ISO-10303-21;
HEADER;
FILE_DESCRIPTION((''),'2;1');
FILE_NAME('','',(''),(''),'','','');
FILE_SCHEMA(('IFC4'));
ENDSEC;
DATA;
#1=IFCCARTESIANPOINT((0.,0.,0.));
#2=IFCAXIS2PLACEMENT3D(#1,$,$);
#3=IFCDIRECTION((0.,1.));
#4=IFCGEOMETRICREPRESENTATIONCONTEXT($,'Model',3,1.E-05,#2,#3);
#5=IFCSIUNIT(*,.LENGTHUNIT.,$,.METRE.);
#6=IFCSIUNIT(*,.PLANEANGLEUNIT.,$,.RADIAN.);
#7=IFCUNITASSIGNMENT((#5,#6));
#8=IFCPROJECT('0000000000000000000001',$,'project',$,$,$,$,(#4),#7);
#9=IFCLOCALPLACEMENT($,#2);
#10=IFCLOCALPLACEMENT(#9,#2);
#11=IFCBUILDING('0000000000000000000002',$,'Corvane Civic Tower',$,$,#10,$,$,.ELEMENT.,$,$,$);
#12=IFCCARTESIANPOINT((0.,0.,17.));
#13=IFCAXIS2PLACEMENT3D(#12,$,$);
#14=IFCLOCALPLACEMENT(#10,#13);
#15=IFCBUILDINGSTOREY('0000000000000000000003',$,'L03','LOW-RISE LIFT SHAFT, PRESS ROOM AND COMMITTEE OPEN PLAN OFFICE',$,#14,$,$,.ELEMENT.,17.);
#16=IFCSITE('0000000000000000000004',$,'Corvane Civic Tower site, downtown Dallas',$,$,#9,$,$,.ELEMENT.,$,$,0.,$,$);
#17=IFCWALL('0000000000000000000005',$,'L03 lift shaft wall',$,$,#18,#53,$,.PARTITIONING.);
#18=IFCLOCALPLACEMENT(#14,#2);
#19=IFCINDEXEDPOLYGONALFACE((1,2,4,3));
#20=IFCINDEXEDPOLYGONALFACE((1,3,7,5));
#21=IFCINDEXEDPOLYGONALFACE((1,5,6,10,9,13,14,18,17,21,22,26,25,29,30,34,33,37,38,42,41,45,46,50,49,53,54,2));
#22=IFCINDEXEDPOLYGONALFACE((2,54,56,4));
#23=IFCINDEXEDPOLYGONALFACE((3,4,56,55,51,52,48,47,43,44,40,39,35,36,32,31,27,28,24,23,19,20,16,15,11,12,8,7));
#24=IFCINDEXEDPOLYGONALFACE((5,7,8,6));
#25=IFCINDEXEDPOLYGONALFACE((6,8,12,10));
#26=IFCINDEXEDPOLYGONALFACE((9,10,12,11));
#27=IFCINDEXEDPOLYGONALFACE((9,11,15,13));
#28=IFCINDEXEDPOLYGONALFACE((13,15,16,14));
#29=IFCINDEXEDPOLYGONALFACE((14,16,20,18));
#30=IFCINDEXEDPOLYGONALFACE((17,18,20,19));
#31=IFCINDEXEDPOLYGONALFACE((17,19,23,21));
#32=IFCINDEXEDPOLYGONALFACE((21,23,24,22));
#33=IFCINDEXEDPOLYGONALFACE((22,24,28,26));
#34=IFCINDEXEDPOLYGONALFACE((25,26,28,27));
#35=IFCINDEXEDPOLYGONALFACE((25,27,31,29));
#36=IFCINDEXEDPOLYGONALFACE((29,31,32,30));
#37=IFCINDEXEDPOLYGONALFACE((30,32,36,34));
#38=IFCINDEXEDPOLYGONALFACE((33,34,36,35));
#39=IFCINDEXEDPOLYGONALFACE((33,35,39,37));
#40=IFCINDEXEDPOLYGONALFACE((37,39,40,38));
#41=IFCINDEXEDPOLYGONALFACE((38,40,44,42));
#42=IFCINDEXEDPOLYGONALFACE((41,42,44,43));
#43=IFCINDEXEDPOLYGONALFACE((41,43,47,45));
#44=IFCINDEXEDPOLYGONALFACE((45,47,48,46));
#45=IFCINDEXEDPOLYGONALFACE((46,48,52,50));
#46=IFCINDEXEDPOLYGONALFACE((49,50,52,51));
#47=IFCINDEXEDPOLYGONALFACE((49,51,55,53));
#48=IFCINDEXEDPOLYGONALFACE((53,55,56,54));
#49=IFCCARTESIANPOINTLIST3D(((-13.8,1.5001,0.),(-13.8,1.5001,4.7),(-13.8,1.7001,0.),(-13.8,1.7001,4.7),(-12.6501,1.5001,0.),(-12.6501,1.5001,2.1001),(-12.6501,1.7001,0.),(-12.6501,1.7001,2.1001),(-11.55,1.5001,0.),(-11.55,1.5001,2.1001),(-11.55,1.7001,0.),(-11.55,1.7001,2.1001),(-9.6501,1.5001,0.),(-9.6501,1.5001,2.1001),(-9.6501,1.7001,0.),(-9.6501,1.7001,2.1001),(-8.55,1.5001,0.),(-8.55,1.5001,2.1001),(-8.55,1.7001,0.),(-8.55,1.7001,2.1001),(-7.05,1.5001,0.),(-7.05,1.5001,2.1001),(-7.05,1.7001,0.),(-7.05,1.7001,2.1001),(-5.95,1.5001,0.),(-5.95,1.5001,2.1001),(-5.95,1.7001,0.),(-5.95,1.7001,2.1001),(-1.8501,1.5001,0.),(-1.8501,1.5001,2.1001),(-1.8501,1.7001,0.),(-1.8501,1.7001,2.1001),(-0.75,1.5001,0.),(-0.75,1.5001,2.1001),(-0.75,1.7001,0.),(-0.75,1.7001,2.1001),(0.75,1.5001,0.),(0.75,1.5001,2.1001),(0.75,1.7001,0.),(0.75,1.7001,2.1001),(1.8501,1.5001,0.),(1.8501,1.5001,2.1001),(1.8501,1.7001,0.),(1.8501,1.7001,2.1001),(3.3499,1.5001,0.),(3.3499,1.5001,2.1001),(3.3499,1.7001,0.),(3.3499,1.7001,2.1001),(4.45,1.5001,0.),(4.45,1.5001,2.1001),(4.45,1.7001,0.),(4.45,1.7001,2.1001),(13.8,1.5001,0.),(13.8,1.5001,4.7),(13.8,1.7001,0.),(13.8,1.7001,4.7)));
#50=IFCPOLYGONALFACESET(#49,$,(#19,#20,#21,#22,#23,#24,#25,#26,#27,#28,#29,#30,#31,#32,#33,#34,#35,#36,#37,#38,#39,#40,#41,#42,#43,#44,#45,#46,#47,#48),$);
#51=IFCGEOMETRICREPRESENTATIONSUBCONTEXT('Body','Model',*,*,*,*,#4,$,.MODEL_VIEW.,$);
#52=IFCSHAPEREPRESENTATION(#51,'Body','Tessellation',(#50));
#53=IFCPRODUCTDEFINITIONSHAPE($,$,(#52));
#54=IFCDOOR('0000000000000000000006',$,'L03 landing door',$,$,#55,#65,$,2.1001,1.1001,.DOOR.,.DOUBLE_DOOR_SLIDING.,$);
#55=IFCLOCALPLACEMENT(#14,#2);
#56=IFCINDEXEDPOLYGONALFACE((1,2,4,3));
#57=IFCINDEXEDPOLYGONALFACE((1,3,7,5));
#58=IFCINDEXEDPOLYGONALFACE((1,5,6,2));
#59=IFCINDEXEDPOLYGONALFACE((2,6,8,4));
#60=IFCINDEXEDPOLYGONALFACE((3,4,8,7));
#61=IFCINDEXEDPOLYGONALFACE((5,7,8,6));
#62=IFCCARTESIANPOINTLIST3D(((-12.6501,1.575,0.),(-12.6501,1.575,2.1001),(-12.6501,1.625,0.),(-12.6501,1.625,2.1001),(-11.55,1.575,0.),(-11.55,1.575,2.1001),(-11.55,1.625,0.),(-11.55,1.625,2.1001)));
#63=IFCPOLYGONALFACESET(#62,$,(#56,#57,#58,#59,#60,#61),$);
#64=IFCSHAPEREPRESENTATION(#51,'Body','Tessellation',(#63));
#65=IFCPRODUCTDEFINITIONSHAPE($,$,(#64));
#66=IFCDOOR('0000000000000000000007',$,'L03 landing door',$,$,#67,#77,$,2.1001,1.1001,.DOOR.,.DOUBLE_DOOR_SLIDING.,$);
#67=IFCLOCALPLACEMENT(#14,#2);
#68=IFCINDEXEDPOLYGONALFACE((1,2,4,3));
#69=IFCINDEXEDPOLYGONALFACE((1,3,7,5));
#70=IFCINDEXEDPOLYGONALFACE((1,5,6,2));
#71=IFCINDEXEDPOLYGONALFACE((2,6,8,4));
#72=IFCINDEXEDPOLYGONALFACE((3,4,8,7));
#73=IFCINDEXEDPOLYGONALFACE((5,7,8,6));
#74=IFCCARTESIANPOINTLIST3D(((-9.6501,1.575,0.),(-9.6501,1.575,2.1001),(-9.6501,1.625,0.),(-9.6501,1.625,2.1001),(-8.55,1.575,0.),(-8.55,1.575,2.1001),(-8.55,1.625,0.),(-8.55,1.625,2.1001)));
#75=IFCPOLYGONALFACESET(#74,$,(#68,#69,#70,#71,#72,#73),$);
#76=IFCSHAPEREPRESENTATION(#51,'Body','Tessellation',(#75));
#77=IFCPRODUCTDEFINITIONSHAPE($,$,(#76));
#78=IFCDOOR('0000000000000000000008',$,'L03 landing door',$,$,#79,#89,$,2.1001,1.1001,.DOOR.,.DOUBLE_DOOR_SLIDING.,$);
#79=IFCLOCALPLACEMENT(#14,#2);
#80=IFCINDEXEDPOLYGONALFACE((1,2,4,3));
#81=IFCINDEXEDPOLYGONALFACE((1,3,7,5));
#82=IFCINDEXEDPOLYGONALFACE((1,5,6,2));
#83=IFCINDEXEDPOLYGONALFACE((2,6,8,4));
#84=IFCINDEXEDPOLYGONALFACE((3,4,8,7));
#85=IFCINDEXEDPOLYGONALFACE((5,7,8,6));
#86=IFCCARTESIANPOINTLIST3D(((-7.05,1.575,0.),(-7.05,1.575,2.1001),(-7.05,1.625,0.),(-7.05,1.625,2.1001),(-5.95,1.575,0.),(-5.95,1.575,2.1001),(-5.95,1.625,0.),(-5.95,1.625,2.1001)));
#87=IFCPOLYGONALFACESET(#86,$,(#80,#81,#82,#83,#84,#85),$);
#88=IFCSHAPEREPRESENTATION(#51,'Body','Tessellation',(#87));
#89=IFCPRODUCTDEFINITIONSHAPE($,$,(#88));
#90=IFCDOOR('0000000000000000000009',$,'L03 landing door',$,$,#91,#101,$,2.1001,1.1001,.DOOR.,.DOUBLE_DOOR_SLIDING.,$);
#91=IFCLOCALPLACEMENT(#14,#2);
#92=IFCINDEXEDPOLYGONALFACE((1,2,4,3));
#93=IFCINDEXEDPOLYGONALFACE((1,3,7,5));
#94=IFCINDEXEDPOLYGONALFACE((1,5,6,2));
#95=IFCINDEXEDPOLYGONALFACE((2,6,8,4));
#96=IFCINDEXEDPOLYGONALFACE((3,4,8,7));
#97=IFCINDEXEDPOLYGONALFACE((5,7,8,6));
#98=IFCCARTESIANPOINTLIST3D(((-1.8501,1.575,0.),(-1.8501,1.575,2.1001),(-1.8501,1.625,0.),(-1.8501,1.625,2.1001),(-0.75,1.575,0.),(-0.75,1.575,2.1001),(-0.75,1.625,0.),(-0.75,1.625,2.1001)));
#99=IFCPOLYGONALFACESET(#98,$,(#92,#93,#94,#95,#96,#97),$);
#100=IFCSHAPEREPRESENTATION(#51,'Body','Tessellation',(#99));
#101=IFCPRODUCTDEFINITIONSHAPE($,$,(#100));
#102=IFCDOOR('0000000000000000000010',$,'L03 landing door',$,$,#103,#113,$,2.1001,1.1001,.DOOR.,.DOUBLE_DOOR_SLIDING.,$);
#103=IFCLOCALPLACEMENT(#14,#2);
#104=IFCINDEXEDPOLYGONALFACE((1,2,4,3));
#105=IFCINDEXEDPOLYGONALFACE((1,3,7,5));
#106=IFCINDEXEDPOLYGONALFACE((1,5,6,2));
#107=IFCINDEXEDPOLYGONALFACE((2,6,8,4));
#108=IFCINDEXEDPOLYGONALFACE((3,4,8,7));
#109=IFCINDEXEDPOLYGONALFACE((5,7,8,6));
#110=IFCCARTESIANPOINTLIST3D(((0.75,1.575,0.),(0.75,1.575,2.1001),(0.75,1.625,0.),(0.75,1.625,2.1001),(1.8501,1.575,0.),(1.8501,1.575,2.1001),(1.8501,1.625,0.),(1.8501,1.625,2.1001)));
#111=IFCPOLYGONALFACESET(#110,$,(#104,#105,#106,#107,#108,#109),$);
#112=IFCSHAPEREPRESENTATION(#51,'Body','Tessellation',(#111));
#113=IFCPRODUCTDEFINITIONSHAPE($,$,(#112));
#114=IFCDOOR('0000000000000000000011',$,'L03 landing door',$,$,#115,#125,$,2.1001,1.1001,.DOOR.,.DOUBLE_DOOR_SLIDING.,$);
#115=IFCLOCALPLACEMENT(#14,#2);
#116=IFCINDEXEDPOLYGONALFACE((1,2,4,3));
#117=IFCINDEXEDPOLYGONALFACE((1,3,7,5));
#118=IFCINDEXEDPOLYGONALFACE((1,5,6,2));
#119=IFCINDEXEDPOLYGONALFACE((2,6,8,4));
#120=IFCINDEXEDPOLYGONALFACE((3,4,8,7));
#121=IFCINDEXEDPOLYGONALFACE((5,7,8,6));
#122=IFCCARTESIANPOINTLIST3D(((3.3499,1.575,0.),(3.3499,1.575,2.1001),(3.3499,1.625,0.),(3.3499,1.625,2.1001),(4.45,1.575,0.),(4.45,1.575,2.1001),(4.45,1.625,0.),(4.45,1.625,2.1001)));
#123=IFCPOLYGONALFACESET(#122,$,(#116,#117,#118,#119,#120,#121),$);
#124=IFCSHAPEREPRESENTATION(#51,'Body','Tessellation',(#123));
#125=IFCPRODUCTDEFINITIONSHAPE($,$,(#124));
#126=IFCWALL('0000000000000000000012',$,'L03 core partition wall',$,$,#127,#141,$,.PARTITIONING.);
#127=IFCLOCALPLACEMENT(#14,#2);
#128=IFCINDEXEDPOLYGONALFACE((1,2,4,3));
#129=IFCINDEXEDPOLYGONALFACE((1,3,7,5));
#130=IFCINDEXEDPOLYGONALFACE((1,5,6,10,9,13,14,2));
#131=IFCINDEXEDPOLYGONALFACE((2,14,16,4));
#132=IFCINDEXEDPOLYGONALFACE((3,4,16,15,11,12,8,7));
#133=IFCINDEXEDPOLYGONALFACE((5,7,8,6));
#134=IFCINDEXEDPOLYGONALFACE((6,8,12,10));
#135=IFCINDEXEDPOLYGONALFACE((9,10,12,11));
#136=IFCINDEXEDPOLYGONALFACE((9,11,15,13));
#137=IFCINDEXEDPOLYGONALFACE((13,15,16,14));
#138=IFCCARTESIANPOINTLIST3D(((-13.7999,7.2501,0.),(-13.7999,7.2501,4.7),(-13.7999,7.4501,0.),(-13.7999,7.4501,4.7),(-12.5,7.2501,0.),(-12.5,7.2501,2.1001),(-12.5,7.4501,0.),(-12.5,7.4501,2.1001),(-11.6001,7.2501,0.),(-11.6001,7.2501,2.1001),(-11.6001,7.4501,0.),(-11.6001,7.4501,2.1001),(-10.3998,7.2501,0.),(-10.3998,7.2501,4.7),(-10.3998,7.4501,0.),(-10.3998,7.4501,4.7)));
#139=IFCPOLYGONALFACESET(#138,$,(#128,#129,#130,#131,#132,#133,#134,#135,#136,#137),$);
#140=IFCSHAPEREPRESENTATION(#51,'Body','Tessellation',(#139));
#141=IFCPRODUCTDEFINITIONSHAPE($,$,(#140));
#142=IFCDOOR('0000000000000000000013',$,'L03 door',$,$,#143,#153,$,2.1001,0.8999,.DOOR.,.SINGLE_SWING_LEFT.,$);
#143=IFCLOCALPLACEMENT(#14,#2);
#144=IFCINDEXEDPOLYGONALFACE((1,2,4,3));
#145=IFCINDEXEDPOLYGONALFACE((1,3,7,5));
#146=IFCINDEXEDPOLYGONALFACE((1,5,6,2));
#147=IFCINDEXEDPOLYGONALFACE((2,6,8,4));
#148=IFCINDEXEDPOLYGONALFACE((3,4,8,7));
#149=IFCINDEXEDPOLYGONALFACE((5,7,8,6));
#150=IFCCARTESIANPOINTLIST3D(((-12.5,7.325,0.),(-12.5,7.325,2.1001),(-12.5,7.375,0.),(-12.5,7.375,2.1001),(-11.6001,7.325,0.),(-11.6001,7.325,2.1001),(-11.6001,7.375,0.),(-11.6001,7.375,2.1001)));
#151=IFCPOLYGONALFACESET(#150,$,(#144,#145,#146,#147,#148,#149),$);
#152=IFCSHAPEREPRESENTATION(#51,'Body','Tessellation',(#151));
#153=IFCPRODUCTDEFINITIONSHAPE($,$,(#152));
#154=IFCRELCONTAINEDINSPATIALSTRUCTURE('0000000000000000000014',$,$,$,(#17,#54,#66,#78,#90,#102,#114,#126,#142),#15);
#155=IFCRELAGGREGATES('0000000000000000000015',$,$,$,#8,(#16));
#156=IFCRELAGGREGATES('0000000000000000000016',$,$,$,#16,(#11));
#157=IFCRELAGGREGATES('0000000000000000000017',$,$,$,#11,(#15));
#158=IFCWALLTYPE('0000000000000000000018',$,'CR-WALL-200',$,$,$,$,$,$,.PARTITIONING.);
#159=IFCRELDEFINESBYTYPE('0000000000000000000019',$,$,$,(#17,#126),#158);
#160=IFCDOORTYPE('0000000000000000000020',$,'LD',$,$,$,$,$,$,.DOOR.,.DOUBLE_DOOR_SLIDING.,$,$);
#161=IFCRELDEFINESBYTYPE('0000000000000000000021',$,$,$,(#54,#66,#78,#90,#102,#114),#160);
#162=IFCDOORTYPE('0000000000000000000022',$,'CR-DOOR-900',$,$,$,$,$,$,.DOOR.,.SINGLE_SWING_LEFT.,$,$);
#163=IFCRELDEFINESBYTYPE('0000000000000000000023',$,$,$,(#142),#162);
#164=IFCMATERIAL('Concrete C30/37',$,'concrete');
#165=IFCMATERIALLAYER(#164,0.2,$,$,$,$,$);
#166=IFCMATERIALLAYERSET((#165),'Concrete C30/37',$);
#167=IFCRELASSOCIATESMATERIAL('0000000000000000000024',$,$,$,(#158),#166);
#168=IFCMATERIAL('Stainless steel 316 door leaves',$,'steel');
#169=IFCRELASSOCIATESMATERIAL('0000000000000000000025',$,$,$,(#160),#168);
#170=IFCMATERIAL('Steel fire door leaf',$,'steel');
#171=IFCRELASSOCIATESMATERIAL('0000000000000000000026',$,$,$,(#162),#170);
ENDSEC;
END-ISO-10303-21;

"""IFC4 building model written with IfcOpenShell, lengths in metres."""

from ifc_helpers import new_model, si_unit, direction, frame, frame_2d, origin, place, context, subcontext, project, spatial, rectangle, extrude, material, layer, layer_set, type_object, element, fill, save


model = new_model("IFC4")

# Units and contexts
model_context = context("Model", 3, precision=1e-05, world=origin(), true_north=direction((0.0, 1.0)))
body_context = subcontext(model_context, "Body", "Model", "MODEL_VIEW")
ifc_project = project(units=[si_unit("LENGTHUNIT", "METRE"), si_unit("PLANEANGLEUNIT", "RADIAN")], contexts=[model_context])

# Site, building, storey
site_placement = place(None, origin())
site = spatial("IfcSite", under=ifc_project, at=site_placement, Name="Corvane Civic Tower site, downtown Dallas", CompositionType="ELEMENT", RefElevation=0.0)
building_placement = place(site_placement, origin())
building = spatial("IfcBuilding", under=site, at=building_placement, Name="Corvane Civic Tower", CompositionType="ELEMENT")
storey_placement = place(building_placement, frame((0.0, 0.0, 17.0)))
storey = spatial("IfcBuildingStorey", under=building, at=storey_placement, Name="L03", Description="LOW-RISE LIFT SHAFT, PRESS ROOM AND COMMITTEE OPEN PLAN OFFICE", CompositionType="ELEMENT", Elevation=17.0)

# Wall, openings, doors
ifc_material_1 = material(Name="Concrete C30/37", Category="concrete")
ifc_layer_1 = layer(ifc_material_1, 0.2)
ifc_layer_set_1 = layer_set([ifc_layer_1], Name="Concrete C30/37")
wall_type_1 = type_object("IfcWallType", Name="CR-WALL-200", PredefinedType="PARTITIONING", material=ifc_layer_set_1)
wall_1_placement = place(storey_placement, frame((-13.8, 1.6001, 0.0), z_axis=(0.0, 0.0, 1.0), x_axis=(1.0, 0.0, 0.0)))
wall_1 = element("IfcWall", 1, at=wall_1_placement, inside=storey, type_object=wall_type_1, Name="L03 lift shaft wall", PredefinedType="PARTITIONING", context=body_context, shape_type="SweptSolid", body=[
    extrude(rectangle(XDim=27.6001, YDim=0.2, at=frame_2d((13.8, 0.0))), origin(), (0.0, 0.0, 1.0), 4.7),
])
opening_1_placement = place(wall_1_placement, frame((1.1499, 0.0, 0.0)))
opening_1 = element("IfcOpeningElement", 2, at=opening_1_placement, cuts=wall_1, PredefinedType="OPENING", context=body_context, shape_type="SweptSolid", body=[
    extrude(rectangle(XDim=1.1001, YDim=2.1001, at=frame_2d((0.55, 1.05))), frame((0.0, 0.1099, 0.0), z_axis=(0.0, -1.0, 0.0), x_axis=(1.0, 0.0, 0.0)), (0.0, 0.0, 1.0), 0.22),
])
opening_2_placement = place(wall_1_placement, frame((4.1499, 0.0, 0.0)))
opening_2 = element("IfcOpeningElement", 3, at=opening_2_placement, cuts=wall_1, PredefinedType="OPENING", context=body_context, shape_type="SweptSolid", body=[
    extrude(rectangle(XDim=1.1001, YDim=2.1001, at=frame_2d((0.55, 1.05))), frame((0.0, 0.1099, 0.0), z_axis=(0.0, -1.0, 0.0), x_axis=(1.0, 0.0, 0.0)), (0.0, 0.0, 1.0), 0.22),
])
opening_3_placement = place(wall_1_placement, frame((6.75, 0.0, 0.0)))
opening_3 = element("IfcOpeningElement", 4, at=opening_3_placement, cuts=wall_1, PredefinedType="OPENING", context=body_context, shape_type="SweptSolid", body=[
    extrude(rectangle(XDim=1.1001, YDim=2.1001, at=frame_2d((0.55, 1.05))), frame((0.0, 0.1099, 0.0), z_axis=(0.0, -1.0, 0.0), x_axis=(1.0, 0.0, 0.0)), (0.0, 0.0, 1.0), 0.22),
])
opening_4_placement = place(wall_1_placement, frame((11.95, 0.0, 0.0)))
opening_4 = element("IfcOpeningElement", 5, at=opening_4_placement, cuts=wall_1, PredefinedType="OPENING", context=body_context, shape_type="SweptSolid", body=[
    extrude(rectangle(XDim=1.1001, YDim=2.1001, at=frame_2d((0.55, 1.05))), frame((0.0, 0.1099, 0.0), z_axis=(0.0, -1.0, 0.0), x_axis=(1.0, 0.0, 0.0)), (0.0, 0.0, 1.0), 0.22),
])
opening_5_placement = place(wall_1_placement, frame((14.55, 0.0, 0.0)))
opening_5 = element("IfcOpeningElement", 6, at=opening_5_placement, cuts=wall_1, PredefinedType="OPENING", context=body_context, shape_type="SweptSolid", body=[
    extrude(rectangle(XDim=1.1001, YDim=2.1001, at=frame_2d((0.55, 1.05))), frame((0.0, 0.1099, 0.0), z_axis=(0.0, -1.0, 0.0), x_axis=(1.0, 0.0, 0.0)), (0.0, 0.0, 1.0), 0.22),
])
opening_6_placement = place(wall_1_placement, frame((17.1499, 0.0, 0.0)))
opening_6 = element("IfcOpeningElement", 7, at=opening_6_placement, cuts=wall_1, PredefinedType="OPENING", context=body_context, shape_type="SweptSolid", body=[
    extrude(rectangle(XDim=1.1001, YDim=2.1001, at=frame_2d((0.55, 1.05))), frame((0.0, 0.1099, 0.0), z_axis=(0.0, -1.0, 0.0), x_axis=(1.0, 0.0, 0.0)), (0.0, 0.0, 1.0), 0.22),
])
ifc_material_2 = material(Name="Stainless steel 316 door leaves", Category="steel")
door_type_1 = type_object("IfcDoorType", Name="LD", OperationType="DOUBLE_DOOR_SLIDING", PredefinedType="DOOR", material=ifc_material_2)
door_1_placement = place(opening_1_placement, origin())
door_1 = element("IfcDoor", 8, at=door_1_placement, inside=storey, type_object=door_type_1, Name="L03 landing door", OperationType="DOUBLE_DOOR_SLIDING", OverallHeight=2.1001, OverallWidth=1.1001, PredefinedType="DOOR", context=body_context, shape_type="SweptSolid", body=[
    extrude(rectangle(XDim=1.1001, YDim=2.1001, at=frame_2d((0.55, 1.05))), frame((0.0, 0.0249, 0.0), z_axis=(0.0, -1.0, 0.0), x_axis=(1.0, 0.0, 0.0)), (0.0, 0.0, 1.0), 0.05),
])
fill(opening_1, door_1)
door_2_placement = place(opening_2_placement, origin())
door_2 = element("IfcDoor", 9, at=door_2_placement, inside=storey, type_object=door_type_1, Name="L03 landing door", OperationType="DOUBLE_DOOR_SLIDING", OverallHeight=2.1001, OverallWidth=1.1001, PredefinedType="DOOR", context=body_context, shape_type="SweptSolid", body=[
    extrude(rectangle(XDim=1.1001, YDim=2.1001, at=frame_2d((0.55, 1.05))), frame((0.0, 0.0249, 0.0), z_axis=(0.0, -1.0, 0.0), x_axis=(1.0, 0.0, 0.0)), (0.0, 0.0, 1.0), 0.05),
])
fill(opening_2, door_2)
door_3_placement = place(opening_3_placement, origin())
door_3 = element("IfcDoor", 10, at=door_3_placement, inside=storey, type_object=door_type_1, Name="L03 landing door", OperationType="DOUBLE_DOOR_SLIDING", OverallHeight=2.1001, OverallWidth=1.1001, PredefinedType="DOOR", context=body_context, shape_type="SweptSolid", body=[
    extrude(rectangle(XDim=1.1001, YDim=2.1001, at=frame_2d((0.55, 1.05))), frame((0.0, 0.0249, 0.0), z_axis=(0.0, -1.0, 0.0), x_axis=(1.0, 0.0, 0.0)), (0.0, 0.0, 1.0), 0.05),
])
fill(opening_3, door_3)
door_4_placement = place(opening_4_placement, origin())
door_4 = element("IfcDoor", 11, at=door_4_placement, inside=storey, type_object=door_type_1, Name="L03 landing door", OperationType="DOUBLE_DOOR_SLIDING", OverallHeight=2.1001, OverallWidth=1.1001, PredefinedType="DOOR", context=body_context, shape_type="SweptSolid", body=[
    extrude(rectangle(XDim=1.1001, YDim=2.1001, at=frame_2d((0.55, 1.05))), frame((0.0, 0.0249, 0.0), z_axis=(0.0, -1.0, 0.0), x_axis=(1.0, 0.0, 0.0)), (0.0, 0.0, 1.0), 0.05),
])
fill(opening_4, door_4)
door_5_placement = place(opening_5_placement, origin())
door_5 = element("IfcDoor", 12, at=door_5_placement, inside=storey, type_object=door_type_1, Name="L03 landing door", OperationType="DOUBLE_DOOR_SLIDING", OverallHeight=2.1001, OverallWidth=1.1001, PredefinedType="DOOR", context=body_context, shape_type="SweptSolid", body=[
    extrude(rectangle(XDim=1.1001, YDim=2.1001, at=frame_2d((0.55, 1.05))), frame((0.0, 0.0249, 0.0), z_axis=(0.0, -1.0, 0.0), x_axis=(1.0, 0.0, 0.0)), (0.0, 0.0, 1.0), 0.05),
])
fill(opening_5, door_5)
door_6_placement = place(opening_6_placement, origin())
door_6 = element("IfcDoor", 13, at=door_6_placement, inside=storey, type_object=door_type_1, Name="L03 landing door", OperationType="DOUBLE_DOOR_SLIDING", OverallHeight=2.1001, OverallWidth=1.1001, PredefinedType="DOOR", context=body_context, shape_type="SweptSolid", body=[
    extrude(rectangle(XDim=1.1001, YDim=2.1001, at=frame_2d((0.55, 1.05))), frame((0.0, 0.0249, 0.0), z_axis=(0.0, -1.0, 0.0), x_axis=(1.0, 0.0, 0.0)), (0.0, 0.0, 1.0), 0.05),
])
fill(opening_6, door_6)

# Wall, opening, door
wall_2_placement = place(storey_placement, frame((-13.8, 7.3501, 0.0), z_axis=(0.0, 0.0, 1.0), x_axis=(1.0, 0.0, 0.0)))
wall_2 = element("IfcWall", 14, at=wall_2_placement, inside=storey, type_object=wall_type_1, Name="L03 core partition wall", PredefinedType="PARTITIONING", context=body_context, shape_type="SweptSolid", body=[
    extrude(rectangle(XDim=3.4001, YDim=0.2, at=frame_2d((1.7002, 0.0))), origin(), (0.0, 0.0, 1.0), 4.7),
])
opening_7_placement = place(wall_2_placement, frame((1.3, 0.0, 0.0)))
opening_7 = element("IfcOpeningElement", 15, at=opening_7_placement, cuts=wall_2, PredefinedType="OPENING", context=body_context, shape_type="SweptSolid", body=[
    extrude(rectangle(XDim=0.8999, YDim=2.1001, at=frame_2d((0.45, 1.05))), frame((0.0, 0.1099, 0.0), z_axis=(0.0, -1.0, 0.0), x_axis=(1.0, 0.0, 0.0)), (0.0, 0.0, 1.0), 0.22),
])
ifc_material_3 = material(Name="Steel fire door leaf", Category="steel")
door_type_2 = type_object("IfcDoorType", Name="CR-DOOR-900", OperationType="SINGLE_SWING_LEFT", PredefinedType="DOOR", material=ifc_material_3)
door_7_placement = place(opening_7_placement, origin())
door_7 = element("IfcDoor", 16, at=door_7_placement, inside=storey, type_object=door_type_2, Name="L03 door", OperationType="SINGLE_SWING_LEFT", OverallHeight=2.1001, OverallWidth=0.8999, PredefinedType="DOOR", context=body_context, shape_type="SweptSolid", body=[
    extrude(rectangle(XDim=0.8999, YDim=2.1001, at=frame_2d((0.45, 1.05))), frame((0.0, 0.0249, 0.0), z_axis=(0.0, -1.0, 0.0), x_axis=(1.0, 0.0, 0.0)), (0.0, 0.0, 1.0), 0.05),
])
fill(opening_7, door_7)

save(model, "model.ifc")
